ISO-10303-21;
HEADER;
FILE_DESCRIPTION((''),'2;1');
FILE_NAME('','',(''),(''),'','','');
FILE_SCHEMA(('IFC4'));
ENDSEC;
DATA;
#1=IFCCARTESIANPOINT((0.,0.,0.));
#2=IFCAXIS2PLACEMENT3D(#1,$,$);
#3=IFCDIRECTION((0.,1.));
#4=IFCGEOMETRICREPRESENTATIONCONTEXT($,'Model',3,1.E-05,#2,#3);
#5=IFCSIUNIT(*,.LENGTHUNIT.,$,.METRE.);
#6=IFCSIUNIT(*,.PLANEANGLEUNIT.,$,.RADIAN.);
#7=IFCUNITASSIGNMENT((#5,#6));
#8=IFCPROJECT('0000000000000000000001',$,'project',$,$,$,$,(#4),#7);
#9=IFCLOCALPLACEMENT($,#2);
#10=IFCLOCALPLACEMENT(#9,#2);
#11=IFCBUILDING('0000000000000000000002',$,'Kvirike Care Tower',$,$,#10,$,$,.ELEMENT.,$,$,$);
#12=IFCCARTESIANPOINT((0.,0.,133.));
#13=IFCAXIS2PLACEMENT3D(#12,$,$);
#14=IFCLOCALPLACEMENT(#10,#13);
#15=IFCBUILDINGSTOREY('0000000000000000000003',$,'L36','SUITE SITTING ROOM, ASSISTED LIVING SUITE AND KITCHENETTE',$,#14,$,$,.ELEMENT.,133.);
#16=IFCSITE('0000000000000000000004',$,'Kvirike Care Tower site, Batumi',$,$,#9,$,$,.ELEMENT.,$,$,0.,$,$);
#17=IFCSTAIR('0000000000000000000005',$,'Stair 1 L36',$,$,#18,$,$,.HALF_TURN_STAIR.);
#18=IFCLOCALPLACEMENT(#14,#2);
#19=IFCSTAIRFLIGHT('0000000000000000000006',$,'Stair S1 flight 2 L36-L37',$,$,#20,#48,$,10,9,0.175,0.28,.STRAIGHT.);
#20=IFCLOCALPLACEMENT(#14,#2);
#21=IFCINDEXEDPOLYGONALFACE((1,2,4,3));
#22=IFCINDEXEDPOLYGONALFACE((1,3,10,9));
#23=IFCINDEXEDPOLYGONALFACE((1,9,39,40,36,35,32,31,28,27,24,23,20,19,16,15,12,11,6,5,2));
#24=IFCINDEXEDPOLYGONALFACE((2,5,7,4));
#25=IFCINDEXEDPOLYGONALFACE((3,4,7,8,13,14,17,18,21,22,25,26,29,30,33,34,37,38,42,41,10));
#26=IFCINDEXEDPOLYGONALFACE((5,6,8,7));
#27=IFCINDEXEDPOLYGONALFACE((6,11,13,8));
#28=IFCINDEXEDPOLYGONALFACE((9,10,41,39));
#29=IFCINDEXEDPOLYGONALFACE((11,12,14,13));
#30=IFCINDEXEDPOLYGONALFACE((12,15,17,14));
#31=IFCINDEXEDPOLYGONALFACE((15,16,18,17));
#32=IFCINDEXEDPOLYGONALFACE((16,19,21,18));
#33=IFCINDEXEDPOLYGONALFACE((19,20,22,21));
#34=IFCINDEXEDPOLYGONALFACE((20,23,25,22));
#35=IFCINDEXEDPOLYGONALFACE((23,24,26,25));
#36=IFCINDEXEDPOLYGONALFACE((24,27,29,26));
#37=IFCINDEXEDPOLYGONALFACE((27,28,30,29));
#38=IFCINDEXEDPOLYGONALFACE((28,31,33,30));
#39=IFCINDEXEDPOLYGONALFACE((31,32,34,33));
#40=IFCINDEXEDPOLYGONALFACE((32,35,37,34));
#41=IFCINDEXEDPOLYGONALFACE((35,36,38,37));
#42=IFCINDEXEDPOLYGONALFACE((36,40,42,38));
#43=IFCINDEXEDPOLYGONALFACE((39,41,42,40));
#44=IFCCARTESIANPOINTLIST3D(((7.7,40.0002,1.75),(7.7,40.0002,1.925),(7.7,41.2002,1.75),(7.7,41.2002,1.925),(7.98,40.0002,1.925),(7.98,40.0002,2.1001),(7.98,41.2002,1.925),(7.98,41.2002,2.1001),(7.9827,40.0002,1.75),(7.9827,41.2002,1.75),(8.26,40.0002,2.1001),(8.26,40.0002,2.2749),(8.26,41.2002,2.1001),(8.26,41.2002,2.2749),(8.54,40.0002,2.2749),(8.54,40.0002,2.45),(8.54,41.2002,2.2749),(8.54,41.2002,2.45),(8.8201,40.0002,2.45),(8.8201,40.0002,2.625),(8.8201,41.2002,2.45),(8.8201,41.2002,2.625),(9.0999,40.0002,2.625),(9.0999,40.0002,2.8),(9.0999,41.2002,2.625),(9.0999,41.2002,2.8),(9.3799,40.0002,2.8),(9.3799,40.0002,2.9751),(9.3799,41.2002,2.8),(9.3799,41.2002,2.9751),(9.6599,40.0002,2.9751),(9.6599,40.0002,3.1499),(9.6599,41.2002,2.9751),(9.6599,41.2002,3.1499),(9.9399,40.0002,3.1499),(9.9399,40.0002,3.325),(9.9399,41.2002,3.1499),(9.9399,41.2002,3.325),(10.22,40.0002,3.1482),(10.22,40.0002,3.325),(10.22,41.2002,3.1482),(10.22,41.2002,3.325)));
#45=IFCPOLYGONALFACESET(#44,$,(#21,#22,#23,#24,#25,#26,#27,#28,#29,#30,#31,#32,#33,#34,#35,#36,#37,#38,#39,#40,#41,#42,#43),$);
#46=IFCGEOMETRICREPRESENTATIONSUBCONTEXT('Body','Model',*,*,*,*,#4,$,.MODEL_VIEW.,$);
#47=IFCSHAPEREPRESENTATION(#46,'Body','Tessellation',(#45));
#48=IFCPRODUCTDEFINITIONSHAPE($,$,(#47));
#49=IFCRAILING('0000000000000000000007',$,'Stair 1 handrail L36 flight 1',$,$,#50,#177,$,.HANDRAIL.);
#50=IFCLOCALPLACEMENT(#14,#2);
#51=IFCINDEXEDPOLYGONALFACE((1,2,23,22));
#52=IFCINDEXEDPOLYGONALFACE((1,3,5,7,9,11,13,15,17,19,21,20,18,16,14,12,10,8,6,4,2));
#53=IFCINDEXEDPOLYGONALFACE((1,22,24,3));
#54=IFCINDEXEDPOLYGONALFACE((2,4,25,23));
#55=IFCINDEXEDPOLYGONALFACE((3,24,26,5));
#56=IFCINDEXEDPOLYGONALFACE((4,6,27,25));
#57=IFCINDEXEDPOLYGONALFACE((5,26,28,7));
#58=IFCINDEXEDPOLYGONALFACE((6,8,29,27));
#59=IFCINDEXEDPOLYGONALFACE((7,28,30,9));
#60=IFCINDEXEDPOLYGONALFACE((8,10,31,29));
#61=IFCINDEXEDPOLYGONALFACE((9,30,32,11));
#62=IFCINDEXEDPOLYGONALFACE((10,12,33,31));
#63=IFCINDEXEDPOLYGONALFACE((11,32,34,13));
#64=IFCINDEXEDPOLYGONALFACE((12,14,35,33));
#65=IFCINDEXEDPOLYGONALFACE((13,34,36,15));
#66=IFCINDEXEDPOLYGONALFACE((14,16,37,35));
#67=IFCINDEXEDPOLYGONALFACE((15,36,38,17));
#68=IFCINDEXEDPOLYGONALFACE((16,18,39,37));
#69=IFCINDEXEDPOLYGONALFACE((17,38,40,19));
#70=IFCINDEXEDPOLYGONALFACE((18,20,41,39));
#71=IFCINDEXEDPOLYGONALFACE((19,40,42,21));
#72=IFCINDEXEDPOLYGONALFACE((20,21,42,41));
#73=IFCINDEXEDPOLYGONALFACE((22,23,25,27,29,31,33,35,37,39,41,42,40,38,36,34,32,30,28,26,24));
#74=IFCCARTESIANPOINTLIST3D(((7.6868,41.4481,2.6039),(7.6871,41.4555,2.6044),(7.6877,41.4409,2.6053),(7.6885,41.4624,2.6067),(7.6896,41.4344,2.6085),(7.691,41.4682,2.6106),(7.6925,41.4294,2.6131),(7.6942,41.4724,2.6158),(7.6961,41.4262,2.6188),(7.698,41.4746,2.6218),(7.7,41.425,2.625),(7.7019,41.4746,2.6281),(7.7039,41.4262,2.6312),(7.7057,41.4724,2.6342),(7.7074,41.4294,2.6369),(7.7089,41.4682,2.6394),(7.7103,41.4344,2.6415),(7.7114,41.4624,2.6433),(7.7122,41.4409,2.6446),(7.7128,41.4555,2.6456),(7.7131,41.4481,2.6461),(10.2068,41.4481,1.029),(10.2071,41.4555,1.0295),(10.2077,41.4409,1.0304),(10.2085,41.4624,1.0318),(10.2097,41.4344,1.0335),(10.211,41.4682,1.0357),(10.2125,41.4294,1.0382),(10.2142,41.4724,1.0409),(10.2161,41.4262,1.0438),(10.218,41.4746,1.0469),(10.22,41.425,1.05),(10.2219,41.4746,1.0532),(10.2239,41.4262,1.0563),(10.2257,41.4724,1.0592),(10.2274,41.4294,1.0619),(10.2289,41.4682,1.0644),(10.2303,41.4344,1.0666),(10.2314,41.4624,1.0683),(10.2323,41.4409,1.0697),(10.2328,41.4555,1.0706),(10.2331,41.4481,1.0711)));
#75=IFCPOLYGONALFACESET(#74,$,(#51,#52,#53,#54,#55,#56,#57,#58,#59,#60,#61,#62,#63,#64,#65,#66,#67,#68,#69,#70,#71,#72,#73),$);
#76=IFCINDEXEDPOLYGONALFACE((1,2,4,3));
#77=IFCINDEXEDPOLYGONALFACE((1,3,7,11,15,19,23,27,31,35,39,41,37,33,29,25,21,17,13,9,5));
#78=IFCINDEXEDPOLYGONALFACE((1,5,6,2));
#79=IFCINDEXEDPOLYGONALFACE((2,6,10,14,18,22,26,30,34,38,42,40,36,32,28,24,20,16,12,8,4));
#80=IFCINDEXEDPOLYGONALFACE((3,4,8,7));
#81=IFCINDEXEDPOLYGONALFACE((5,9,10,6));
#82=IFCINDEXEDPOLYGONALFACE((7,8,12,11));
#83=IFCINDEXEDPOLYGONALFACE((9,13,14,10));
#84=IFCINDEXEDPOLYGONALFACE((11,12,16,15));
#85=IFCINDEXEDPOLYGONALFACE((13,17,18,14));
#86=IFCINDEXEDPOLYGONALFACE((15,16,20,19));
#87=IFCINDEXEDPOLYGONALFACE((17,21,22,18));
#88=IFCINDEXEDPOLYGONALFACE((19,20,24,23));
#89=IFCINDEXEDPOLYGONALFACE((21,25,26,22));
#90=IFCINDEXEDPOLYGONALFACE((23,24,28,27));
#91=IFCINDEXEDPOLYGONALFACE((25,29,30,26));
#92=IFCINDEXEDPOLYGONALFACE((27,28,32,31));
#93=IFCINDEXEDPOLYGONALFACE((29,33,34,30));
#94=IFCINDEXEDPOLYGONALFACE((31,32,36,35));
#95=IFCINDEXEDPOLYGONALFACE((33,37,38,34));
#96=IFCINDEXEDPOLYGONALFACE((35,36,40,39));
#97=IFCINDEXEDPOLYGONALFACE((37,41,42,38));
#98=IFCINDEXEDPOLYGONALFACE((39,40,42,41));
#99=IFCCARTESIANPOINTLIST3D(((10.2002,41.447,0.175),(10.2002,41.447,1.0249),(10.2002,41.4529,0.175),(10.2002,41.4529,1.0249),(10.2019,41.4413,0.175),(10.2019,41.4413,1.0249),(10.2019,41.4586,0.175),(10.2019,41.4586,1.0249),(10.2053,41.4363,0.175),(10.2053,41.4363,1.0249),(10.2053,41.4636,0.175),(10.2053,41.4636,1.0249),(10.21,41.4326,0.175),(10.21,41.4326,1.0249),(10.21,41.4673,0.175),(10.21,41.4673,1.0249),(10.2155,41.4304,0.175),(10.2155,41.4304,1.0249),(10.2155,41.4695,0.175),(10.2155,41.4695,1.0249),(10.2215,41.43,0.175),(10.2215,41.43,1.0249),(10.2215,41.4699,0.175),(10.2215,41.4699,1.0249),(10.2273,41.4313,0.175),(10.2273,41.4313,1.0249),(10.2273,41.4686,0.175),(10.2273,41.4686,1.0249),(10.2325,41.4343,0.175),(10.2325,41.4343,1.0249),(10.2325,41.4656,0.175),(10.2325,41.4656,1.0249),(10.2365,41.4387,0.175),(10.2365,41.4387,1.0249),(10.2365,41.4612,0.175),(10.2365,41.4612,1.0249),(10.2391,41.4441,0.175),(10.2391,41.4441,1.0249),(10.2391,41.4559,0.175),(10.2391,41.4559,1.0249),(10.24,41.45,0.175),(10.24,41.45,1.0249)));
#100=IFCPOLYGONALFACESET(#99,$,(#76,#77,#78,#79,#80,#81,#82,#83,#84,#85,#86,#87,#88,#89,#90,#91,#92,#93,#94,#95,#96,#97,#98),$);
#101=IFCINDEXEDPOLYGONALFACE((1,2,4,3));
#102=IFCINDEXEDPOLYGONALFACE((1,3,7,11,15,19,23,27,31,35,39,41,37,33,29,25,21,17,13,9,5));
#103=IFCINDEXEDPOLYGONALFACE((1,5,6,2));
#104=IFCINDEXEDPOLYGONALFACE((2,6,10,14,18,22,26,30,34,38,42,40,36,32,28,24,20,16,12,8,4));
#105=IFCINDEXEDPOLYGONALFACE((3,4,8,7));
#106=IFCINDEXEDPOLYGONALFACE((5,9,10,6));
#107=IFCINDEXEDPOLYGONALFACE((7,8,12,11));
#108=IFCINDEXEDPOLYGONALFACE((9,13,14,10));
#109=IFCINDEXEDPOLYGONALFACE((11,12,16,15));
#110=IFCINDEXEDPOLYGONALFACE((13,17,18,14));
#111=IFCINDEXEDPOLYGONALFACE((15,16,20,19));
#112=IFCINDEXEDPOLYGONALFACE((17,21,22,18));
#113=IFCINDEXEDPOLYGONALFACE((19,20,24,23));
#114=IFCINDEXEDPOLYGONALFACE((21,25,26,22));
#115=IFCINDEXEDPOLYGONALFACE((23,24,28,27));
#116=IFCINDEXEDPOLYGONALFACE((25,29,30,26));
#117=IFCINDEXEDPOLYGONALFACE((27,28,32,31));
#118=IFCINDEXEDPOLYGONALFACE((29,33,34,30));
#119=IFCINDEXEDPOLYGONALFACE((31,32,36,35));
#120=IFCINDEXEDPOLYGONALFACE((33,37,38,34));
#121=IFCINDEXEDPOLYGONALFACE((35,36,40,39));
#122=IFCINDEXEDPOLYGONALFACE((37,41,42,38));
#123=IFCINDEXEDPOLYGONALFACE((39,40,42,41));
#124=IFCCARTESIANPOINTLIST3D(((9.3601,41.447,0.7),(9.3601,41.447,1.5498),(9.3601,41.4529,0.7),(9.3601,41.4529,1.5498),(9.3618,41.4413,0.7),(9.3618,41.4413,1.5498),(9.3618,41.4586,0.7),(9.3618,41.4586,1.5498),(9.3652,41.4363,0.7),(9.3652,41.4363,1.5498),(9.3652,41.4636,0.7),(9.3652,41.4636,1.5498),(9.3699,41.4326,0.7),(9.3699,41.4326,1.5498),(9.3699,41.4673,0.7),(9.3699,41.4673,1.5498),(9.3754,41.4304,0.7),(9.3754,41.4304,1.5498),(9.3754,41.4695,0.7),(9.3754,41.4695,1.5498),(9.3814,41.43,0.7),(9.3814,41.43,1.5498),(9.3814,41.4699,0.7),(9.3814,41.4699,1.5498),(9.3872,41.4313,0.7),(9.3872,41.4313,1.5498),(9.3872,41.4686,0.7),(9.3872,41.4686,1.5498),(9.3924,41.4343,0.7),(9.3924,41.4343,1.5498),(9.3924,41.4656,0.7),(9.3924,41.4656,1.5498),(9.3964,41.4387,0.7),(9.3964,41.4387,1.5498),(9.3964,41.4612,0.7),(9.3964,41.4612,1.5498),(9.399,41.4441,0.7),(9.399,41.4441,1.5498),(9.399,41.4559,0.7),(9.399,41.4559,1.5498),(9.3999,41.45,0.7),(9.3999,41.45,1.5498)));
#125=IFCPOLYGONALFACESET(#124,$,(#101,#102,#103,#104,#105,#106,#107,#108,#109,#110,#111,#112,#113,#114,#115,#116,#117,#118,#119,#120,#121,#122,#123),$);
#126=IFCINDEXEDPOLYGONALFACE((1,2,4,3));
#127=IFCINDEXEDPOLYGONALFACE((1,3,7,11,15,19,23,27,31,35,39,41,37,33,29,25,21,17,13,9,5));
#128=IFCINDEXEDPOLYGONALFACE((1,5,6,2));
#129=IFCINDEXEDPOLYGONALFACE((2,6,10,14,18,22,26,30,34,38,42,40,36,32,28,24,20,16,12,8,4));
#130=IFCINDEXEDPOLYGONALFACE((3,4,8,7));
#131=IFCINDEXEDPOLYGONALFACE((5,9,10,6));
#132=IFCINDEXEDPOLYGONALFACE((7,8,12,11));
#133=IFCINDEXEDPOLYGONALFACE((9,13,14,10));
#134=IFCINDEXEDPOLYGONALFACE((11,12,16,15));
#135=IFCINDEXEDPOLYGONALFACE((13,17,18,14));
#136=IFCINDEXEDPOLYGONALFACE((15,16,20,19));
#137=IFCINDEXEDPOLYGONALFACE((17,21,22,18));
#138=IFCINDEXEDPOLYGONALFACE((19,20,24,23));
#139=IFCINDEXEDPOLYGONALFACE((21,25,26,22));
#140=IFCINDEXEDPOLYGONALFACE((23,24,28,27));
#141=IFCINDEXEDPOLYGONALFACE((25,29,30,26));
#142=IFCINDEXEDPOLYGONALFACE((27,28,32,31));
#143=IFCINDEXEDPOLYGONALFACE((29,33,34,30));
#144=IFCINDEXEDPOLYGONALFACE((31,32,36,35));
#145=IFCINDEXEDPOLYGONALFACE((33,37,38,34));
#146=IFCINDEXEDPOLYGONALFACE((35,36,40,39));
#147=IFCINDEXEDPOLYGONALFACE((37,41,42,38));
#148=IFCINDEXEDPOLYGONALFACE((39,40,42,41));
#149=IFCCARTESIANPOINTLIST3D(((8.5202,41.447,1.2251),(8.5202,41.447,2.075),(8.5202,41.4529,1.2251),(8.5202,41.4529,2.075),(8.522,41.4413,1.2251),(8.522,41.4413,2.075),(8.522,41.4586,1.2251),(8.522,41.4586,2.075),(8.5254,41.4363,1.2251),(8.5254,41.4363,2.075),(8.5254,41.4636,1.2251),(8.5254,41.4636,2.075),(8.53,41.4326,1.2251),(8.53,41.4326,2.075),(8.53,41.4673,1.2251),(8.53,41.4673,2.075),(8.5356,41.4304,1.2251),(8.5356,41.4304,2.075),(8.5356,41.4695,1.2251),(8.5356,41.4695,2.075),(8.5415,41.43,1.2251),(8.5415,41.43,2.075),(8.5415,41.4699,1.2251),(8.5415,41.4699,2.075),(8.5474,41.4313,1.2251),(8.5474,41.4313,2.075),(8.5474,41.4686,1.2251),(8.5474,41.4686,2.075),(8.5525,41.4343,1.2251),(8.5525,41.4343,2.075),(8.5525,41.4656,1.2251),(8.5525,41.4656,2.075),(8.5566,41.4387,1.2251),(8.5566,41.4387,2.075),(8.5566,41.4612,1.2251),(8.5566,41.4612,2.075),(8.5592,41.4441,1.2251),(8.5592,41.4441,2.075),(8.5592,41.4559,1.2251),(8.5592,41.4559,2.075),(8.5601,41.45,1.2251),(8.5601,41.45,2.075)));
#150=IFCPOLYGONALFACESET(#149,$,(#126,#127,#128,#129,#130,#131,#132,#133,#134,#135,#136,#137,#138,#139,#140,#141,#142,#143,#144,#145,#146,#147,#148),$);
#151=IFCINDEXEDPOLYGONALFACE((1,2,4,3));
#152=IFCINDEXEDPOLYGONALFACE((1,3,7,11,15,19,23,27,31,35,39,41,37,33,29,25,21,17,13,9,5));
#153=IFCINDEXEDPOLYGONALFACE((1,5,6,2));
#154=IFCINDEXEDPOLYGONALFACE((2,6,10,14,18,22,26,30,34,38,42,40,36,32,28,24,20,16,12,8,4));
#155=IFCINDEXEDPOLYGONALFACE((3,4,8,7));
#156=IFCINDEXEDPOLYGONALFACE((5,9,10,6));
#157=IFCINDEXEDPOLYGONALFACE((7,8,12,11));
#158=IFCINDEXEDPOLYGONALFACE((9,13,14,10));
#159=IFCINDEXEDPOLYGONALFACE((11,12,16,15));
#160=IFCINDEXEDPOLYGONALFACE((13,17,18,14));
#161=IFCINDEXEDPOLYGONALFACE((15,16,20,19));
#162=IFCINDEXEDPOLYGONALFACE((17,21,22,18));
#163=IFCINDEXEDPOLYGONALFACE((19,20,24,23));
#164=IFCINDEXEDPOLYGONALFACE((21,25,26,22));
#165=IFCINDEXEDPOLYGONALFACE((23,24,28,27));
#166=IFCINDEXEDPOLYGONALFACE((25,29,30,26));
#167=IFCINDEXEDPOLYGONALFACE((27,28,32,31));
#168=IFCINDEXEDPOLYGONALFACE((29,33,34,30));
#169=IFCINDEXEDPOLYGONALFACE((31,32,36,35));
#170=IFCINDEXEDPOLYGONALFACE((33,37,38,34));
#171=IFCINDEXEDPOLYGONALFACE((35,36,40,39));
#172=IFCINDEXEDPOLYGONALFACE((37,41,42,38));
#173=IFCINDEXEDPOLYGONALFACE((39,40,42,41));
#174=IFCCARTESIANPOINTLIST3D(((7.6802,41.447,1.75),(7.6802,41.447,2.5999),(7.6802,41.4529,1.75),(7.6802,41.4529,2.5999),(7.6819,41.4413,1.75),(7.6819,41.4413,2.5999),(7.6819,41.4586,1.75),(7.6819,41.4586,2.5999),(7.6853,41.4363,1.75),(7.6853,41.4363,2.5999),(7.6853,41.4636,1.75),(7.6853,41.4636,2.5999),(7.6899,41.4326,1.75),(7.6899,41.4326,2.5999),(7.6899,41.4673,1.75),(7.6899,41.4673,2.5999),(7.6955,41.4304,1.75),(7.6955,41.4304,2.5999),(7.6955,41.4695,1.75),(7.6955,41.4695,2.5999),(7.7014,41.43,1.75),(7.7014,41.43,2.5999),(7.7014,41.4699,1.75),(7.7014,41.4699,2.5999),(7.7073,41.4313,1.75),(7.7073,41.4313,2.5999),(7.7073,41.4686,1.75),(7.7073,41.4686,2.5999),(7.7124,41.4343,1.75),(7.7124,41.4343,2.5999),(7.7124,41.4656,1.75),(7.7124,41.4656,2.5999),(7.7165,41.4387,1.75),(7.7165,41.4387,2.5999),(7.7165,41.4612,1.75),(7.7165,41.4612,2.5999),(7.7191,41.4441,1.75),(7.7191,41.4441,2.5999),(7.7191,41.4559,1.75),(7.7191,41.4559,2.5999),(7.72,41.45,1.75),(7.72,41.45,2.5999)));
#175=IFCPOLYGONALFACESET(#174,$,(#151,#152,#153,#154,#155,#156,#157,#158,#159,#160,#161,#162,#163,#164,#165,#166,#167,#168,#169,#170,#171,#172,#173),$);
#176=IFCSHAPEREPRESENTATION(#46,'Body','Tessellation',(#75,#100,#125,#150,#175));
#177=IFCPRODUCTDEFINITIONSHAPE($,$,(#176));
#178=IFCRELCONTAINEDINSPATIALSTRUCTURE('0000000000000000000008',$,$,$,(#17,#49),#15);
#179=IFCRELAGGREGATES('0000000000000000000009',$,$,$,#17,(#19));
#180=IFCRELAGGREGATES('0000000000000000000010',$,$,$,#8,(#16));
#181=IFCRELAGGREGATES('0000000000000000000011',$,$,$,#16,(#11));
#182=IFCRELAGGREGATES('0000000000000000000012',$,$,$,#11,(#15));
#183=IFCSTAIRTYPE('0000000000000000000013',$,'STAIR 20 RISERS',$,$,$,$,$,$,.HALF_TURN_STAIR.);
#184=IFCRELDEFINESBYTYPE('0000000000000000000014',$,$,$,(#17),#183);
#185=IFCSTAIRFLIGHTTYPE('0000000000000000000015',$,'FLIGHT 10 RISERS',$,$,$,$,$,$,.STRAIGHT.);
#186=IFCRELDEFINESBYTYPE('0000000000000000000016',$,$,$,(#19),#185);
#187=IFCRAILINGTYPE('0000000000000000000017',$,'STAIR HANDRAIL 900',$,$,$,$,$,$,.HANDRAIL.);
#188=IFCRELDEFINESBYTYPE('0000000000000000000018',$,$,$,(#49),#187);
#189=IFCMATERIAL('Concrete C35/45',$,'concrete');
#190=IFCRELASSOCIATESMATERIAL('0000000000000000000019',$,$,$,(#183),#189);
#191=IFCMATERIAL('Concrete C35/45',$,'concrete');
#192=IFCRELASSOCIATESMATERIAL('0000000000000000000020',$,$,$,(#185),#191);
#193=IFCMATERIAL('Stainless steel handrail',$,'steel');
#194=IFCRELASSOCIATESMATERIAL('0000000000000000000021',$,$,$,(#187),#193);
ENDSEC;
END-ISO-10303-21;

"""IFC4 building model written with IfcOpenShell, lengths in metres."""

from ifc_helpers import new_model, si_unit, direction, frame, origin, origin_2d, place, context, subcontext, project, spatial, polyline, circle, outline, extrude, material, type_object, element, aggregate, save


model = new_model("IFC4")

# Units and contexts
model_context = context("Model", 3, precision=1e-05, world=origin(), true_north=direction((0.0, 1.0)))
body_context = subcontext(model_context, "Body", "Model", "MODEL_VIEW")
ifc_project = project(units=[si_unit("LENGTHUNIT", "METRE"), si_unit("PLANEANGLEUNIT", "RADIAN")], contexts=[model_context])

# Site, building, storey
site_placement = place(None, origin())
site = spatial("IfcSite", under=ifc_project, at=site_placement, Name="Kvirike Care Tower site, Batumi", CompositionType="ELEMENT", RefElevation=0.0)
building_placement = place(site_placement, origin())
building = spatial("IfcBuilding", under=site, at=building_placement, Name="Kvirike Care Tower", CompositionType="ELEMENT")
storey_placement = place(building_placement, frame((0.0, 0.0, 133.0)))
storey = spatial("IfcBuildingStorey", under=building, at=storey_placement, Name="L36", Description="SUITE SITTING ROOM, ASSISTED LIVING SUITE AND KITCHENETTE", CompositionType="ELEMENT", Elevation=133.0)

# Stair, stair flight
ifc_material_1 = material(Name="Concrete C35/45", Category="concrete")
stair_type = type_object("IfcStairType", Name="STAIR 20 RISERS", PredefinedType="HALF_TURN_STAIR", material=ifc_material_1)
stair_placement = place(storey_placement, origin())
stair = element("IfcStair", 1, at=stair_placement, inside=storey, type_object=stair_type, Name="Stair 1 L36", PredefinedType="HALF_TURN_STAIR")
ifc_material_2 = material(Name="Concrete C35/45", Category="concrete")
stair_flight_type = type_object("IfcStairFlightType", Name="FLIGHT 10 RISERS", PredefinedType="STRAIGHT", material=ifc_material_2)
stair_flight_1_placement = place(storey_placement, frame((7.7, 40.6001, 1.75), z_axis=(0.0, 0.0, 1.0), x_axis=(1.0, 0.0, 0.0)))
stair_flight_1 = element("IfcStairFlight", 2, at=stair_flight_1_placement, type_object=stair_flight_type, Name="Stair S1 flight 2 L36-L37", NumberOfRisers=10, NumberOfTreads=9, PredefinedType="STRAIGHT", RiserHeight=0.175, TreadLength=0.28, context=body_context, shape_type="SweptSolid", body=[
    extrude(outline(polyline([(0.0, 0.0), (0.0, 0.175), (0.28, 0.175), (0.28, 0.3501), (0.5601, 0.3501), (0.5601, 0.5249), (0.8401, 0.5249), (0.8401, 0.7), (1.1201, 0.7), (1.1201, 0.875), (1.3999, 0.875), (1.3999, 1.05), (1.6799, 1.05), (1.6799, 1.2251), (1.96, 1.2251), (1.96, 1.3999), (2.24, 1.3999), (2.24, 1.575), (2.52, 1.575), (2.52, 1.75), (2.52, 1.3982), (0.2827, 0.0), (0.0, 0.0)])), frame((0.0, 0.6001, 0.0), z_axis=(0.0, -1.0, 0.0), x_axis=(1.0, 0.0, 0.0)), (0.0, 0.0, 1.0), 1.2),
])
aggregate(stair, [stair_flight_1])

# Railing
ifc_material_3 = material(Name="Stainless steel handrail", Category="steel")
railing_type = type_object("IfcRailingType", Name="STAIR HANDRAIL 900", PredefinedType="HANDRAIL", material=ifc_material_3)
railing_1_placement = place(storey_placement, frame((10.22, 41.45, 0.175)))
element("IfcRailing", 3, at=railing_1_placement, inside=storey, type_object=railing_type, Name="Stair 1 handrail L36 flight 1", PredefinedType="HANDRAIL", context=body_context, shape_type="SweptSolid", body=[
    extrude(circle(Radius=0.0249, at=origin_2d()), frame((0.0, 0.0, 0.875), z_axis=(-0.848008, 0.0, 0.529984), x_axis=(0.0, -1.0, 0.0)), (0.0, 0.0, 1.0), 2.9717),
    extrude(circle(Radius=0.02, at=origin_2d()), origin(), (0.0, 0.0, 1.0), 0.8499),
    extrude(circle(Radius=0.02, at=origin_2d()), frame((-0.8401, 0.0, 0.5249)), (0.0, 0.0, 1.0), 0.8499),
    extrude(circle(Radius=0.02, at=origin_2d()), frame((-1.6799, 0.0, 1.05)), (0.0, 0.0, 1.0), 0.8499),
    extrude(circle(Radius=0.02, at=origin_2d()), frame((-2.52, 0.0, 1.575)), (0.0, 0.0, 1.0), 0.8499),
])

save(model, "model.ifc")
